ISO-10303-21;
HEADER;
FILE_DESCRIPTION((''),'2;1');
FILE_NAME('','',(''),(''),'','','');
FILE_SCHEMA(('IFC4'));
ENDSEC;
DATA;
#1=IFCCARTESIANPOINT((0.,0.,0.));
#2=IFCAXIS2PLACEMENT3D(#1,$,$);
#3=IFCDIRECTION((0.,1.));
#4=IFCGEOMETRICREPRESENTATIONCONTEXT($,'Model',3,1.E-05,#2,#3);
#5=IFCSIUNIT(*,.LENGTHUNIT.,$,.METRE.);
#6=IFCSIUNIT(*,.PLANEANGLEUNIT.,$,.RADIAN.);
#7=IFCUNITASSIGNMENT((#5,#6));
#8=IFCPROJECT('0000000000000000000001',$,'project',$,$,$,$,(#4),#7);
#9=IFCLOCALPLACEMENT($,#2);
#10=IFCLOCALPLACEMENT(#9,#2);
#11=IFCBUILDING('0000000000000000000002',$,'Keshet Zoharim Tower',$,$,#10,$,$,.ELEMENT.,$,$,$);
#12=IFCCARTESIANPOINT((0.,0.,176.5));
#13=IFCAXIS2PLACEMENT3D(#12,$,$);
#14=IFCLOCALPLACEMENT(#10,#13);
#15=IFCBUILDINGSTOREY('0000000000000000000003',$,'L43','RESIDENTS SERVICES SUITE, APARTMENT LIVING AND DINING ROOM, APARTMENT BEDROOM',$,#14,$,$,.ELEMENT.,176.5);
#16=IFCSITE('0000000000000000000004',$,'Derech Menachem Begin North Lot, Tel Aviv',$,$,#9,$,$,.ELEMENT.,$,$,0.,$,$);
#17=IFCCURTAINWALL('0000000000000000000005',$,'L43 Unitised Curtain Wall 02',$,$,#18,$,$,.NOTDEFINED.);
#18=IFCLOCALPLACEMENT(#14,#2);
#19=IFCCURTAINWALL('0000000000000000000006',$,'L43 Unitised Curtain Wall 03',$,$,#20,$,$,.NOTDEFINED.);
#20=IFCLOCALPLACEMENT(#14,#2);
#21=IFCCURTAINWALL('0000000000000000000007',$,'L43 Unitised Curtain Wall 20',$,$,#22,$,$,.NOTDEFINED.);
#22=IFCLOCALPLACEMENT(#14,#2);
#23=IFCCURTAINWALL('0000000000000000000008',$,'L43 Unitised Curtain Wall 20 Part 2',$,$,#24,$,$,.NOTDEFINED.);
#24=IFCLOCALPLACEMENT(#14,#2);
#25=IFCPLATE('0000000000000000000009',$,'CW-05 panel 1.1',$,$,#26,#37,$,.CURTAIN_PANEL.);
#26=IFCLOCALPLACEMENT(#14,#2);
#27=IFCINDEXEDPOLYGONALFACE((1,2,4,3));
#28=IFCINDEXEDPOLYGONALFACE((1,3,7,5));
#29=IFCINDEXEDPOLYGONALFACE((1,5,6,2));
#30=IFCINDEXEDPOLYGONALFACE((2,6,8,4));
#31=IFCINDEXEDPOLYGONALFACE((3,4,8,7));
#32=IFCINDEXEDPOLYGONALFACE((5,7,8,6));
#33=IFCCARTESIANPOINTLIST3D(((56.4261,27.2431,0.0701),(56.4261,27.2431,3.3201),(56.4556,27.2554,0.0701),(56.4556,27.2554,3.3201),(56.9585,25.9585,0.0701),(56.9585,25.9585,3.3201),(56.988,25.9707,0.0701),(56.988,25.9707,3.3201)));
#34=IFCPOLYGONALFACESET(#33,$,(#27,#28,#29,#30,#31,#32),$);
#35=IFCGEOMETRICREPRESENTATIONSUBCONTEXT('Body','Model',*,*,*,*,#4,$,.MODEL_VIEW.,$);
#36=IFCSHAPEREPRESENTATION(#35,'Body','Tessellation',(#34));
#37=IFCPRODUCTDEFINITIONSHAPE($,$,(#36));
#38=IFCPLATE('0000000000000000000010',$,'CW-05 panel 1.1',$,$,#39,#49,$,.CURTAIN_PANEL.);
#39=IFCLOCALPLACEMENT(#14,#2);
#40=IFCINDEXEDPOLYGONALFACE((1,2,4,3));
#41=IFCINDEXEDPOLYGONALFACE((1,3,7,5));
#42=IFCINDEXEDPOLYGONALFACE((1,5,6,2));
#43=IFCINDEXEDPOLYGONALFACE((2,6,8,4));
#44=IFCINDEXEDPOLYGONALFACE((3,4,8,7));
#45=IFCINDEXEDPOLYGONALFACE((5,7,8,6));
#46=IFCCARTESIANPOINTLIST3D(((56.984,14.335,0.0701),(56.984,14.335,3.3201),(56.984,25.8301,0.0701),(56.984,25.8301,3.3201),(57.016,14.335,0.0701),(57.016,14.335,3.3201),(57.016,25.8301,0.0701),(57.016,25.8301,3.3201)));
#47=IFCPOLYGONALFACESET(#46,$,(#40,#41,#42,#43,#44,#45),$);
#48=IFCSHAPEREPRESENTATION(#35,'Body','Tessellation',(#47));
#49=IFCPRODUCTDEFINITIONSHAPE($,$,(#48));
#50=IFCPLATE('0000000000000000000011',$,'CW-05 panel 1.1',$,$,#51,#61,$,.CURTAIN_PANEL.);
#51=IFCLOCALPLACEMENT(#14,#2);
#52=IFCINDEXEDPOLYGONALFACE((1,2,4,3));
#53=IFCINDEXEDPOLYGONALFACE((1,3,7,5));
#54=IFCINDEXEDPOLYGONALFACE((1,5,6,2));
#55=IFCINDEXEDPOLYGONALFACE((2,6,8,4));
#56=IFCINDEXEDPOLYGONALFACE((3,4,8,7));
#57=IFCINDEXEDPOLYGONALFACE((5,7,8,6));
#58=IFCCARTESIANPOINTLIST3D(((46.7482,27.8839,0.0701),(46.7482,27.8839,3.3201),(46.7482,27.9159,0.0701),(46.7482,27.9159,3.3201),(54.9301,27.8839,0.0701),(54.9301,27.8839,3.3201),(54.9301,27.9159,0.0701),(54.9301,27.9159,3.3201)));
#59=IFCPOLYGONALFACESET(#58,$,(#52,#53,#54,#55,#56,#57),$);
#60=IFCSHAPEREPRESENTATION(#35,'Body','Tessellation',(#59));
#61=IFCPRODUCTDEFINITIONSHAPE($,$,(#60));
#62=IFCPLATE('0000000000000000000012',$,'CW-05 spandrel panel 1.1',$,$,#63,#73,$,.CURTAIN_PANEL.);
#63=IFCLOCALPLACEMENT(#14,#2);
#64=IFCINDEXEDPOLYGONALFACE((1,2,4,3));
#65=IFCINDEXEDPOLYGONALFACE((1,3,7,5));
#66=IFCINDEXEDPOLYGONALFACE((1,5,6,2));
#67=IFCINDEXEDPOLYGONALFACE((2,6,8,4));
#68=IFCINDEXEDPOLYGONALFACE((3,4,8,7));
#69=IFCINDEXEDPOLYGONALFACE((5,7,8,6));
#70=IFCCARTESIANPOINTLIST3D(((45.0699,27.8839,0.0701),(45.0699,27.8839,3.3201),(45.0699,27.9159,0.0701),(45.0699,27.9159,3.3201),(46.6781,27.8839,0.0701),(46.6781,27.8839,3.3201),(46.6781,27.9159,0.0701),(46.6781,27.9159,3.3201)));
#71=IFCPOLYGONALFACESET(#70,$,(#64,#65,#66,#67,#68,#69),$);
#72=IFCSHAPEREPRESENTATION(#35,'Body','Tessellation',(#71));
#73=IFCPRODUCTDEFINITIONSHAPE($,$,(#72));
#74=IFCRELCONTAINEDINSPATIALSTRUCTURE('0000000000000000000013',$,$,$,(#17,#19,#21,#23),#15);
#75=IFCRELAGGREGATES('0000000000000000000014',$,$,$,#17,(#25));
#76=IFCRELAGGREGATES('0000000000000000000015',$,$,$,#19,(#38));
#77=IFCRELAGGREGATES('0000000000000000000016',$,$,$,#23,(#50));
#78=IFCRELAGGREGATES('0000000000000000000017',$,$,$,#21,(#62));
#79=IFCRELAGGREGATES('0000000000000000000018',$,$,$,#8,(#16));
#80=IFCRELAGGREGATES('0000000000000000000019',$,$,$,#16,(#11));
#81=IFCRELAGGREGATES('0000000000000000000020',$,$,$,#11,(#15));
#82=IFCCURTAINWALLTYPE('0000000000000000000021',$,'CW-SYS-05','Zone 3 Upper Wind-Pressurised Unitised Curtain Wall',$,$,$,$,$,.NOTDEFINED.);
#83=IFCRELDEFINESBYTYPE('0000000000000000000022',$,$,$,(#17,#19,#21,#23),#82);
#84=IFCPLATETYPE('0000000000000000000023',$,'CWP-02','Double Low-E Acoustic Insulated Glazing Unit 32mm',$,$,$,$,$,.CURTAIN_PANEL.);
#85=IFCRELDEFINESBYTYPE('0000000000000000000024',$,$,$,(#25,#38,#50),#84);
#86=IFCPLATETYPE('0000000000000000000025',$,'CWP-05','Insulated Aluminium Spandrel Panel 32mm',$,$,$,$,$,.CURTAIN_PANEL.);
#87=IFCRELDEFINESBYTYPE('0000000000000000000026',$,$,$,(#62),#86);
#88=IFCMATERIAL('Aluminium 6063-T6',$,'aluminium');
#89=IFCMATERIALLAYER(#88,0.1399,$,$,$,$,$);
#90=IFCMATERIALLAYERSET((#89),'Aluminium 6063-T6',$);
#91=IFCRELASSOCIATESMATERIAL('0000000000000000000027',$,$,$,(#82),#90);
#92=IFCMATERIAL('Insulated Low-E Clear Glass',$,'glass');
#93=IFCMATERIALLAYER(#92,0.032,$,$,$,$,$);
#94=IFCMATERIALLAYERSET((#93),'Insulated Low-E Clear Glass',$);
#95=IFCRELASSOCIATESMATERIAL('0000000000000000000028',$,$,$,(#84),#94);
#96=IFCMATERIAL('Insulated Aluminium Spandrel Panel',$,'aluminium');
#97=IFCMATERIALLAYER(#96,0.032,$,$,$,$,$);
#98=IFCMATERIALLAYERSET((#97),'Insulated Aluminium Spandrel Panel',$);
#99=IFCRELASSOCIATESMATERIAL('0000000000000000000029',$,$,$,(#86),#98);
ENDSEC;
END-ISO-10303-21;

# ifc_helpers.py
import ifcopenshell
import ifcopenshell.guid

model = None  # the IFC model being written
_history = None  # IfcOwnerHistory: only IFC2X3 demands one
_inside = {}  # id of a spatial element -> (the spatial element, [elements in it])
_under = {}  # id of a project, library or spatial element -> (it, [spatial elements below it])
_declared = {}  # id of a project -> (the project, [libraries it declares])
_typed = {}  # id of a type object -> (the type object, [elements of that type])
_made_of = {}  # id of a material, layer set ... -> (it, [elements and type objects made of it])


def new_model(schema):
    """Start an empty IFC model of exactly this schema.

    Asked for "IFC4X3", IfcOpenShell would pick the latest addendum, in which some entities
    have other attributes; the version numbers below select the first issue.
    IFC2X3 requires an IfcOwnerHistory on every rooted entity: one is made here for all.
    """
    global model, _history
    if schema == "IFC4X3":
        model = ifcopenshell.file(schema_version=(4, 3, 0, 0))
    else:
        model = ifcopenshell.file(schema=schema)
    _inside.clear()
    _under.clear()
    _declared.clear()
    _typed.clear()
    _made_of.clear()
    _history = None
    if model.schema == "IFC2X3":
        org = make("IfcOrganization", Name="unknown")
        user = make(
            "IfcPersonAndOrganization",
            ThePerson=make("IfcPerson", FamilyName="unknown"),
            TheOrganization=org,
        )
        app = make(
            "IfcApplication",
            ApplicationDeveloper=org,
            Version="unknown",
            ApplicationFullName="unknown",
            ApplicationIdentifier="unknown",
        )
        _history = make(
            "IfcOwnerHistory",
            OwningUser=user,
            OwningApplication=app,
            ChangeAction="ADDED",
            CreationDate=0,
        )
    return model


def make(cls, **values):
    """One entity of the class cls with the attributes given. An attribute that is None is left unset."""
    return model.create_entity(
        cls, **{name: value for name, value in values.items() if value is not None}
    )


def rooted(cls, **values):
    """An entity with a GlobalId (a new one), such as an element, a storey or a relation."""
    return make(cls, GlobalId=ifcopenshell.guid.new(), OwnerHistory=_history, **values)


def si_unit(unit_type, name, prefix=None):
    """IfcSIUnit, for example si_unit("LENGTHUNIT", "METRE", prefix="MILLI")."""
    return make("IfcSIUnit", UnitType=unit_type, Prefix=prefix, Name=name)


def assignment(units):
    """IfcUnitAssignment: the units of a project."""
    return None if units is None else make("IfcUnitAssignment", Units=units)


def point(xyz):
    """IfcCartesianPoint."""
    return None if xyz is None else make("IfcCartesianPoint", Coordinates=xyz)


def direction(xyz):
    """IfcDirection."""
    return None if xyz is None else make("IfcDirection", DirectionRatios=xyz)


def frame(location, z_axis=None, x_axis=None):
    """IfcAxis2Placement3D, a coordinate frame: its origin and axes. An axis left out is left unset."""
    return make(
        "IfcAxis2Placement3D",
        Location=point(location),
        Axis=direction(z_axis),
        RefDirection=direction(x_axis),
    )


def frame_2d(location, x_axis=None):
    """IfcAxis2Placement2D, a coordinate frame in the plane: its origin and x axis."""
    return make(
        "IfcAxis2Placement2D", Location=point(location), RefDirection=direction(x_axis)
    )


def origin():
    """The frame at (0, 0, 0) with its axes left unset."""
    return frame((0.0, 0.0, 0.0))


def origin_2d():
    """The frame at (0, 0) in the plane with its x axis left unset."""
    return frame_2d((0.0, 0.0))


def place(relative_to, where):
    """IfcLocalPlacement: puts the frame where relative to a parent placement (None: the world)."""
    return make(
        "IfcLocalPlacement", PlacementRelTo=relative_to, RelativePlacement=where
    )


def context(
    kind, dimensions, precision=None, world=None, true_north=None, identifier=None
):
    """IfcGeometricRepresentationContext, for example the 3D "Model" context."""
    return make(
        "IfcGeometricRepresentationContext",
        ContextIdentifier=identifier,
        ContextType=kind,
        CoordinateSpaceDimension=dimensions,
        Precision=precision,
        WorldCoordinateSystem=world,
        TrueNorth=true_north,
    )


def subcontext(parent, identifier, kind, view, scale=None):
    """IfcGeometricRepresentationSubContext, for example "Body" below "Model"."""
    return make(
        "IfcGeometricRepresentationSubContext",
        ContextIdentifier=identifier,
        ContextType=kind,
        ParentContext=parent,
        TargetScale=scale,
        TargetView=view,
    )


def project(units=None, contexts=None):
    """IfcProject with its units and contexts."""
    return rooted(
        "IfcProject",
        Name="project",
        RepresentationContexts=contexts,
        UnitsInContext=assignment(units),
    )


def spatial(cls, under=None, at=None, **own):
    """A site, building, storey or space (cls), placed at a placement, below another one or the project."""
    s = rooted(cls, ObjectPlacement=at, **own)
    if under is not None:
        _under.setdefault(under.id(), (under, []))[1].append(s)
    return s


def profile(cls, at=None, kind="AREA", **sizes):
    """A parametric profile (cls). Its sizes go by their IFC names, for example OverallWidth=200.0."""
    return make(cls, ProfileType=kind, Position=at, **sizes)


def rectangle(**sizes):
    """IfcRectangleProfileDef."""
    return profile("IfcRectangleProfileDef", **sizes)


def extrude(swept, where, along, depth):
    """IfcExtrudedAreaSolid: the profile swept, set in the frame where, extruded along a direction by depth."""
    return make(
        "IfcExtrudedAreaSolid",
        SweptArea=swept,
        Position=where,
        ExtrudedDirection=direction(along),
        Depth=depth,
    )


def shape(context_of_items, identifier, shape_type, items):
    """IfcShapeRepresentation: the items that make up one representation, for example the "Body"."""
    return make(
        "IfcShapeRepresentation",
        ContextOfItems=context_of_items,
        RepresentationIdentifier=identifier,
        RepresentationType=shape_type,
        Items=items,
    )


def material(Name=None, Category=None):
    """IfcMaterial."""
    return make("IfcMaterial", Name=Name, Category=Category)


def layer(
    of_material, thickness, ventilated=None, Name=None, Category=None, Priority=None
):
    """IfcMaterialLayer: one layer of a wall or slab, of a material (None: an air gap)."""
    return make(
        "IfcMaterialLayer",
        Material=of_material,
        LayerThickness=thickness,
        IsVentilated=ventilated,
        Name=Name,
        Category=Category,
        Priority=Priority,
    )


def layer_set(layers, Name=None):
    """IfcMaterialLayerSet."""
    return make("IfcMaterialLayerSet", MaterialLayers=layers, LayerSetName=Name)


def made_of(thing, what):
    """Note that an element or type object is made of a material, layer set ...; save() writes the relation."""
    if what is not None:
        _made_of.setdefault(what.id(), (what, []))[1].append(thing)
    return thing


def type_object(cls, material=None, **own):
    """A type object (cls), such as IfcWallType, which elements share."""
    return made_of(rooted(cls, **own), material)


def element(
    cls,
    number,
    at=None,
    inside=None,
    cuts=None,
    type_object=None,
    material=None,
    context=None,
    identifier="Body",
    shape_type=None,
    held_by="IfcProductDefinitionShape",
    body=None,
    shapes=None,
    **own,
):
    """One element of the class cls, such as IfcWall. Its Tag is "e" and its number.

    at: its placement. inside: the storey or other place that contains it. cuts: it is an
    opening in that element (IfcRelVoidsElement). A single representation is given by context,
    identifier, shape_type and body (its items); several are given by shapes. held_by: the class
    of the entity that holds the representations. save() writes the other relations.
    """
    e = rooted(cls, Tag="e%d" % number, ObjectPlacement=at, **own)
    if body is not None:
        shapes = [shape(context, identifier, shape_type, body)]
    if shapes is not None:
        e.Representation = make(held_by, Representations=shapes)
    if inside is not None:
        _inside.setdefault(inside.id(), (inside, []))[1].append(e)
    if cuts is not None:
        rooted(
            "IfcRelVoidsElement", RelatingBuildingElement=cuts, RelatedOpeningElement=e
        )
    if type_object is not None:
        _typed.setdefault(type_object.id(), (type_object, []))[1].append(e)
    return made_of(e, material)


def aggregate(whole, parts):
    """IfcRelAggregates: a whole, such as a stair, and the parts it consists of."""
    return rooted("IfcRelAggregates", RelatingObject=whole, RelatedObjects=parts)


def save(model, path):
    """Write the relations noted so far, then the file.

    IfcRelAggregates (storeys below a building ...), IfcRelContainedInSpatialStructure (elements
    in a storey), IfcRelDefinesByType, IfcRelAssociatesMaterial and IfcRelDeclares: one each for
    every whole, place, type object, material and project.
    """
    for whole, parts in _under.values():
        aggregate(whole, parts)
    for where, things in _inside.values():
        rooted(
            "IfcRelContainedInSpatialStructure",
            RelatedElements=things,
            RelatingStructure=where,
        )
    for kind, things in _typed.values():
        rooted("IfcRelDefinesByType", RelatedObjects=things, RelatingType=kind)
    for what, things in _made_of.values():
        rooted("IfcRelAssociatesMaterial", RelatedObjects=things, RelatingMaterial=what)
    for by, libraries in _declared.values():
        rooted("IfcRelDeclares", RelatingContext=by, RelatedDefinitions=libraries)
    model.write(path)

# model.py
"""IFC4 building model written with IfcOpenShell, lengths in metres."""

from ifc_helpers import new_model, si_unit, direction, frame, origin, origin_2d, place, context, subcontext, project, spatial, rectangle, extrude, material, layer, layer_set, type_object, element, aggregate, save


model = new_model("IFC4")

# Units and contexts
model_context = context("Model", 3, precision=1e-05, world=origin(), true_north=direction((0.0, 1.0)))
body_context = subcontext(model_context, "Body", "Model", "MODEL_VIEW")
ifc_project = project(units=[si_unit("LENGTHUNIT", "METRE"), si_unit("PLANEANGLEUNIT", "RADIAN")], contexts=[model_context])

# Site, building, storey
site_placement = place(None, origin())
site = spatial("IfcSite", under=ifc_project, at=site_placement, Name="Derech Menachem Begin North Lot, Tel Aviv", CompositionType="ELEMENT", RefElevation=0.0)
building_placement = place(site_placement, origin())
building = spatial("IfcBuilding", under=site, at=building_placement, Name="Keshet Zoharim Tower", CompositionType="ELEMENT")
storey_placement = place(building_placement, frame((0.0, 0.0, 176.5)))
storey = spatial("IfcBuildingStorey", under=building, at=storey_placement, Name="L43", Description="RESIDENTS SERVICES SUITE, APARTMENT LIVING AND DINING ROOM, APARTMENT BEDROOM", CompositionType="ELEMENT", Elevation=176.5)

# Curtain wall
ifc_material_1 = material(Name="Aluminium 6063-T6", Category="aluminium")
ifc_layer_1 = layer(ifc_material_1, 0.1399)
ifc_layer_set_1 = layer_set([ifc_layer_1], Name="Aluminium 6063-T6")
curtain_wall_type = type_object("IfcCurtainWallType", Name="CW-SYS-05", Description="Zone 3 Upper Wind-Pressurised Unitised Curtain Wall", PredefinedType="NOTDEFINED", material=ifc_layer_set_1)
curtain_wall_1_placement = place(storey_placement, origin())
curtain_wall_1 = element("IfcCurtainWall", 1, at=curtain_wall_1_placement, inside=storey, type_object=curtain_wall_type, Name="L43 Unitised Curtain Wall 02", PredefinedType="NOTDEFINED")

# Curtain wall
curtain_wall_2_placement = place(storey_placement, origin())
curtain_wall_2 = element("IfcCurtainWall", 2, at=curtain_wall_2_placement, inside=storey, type_object=curtain_wall_type, Name="L43 Unitised Curtain Wall 03", PredefinedType="NOTDEFINED")

# Curtain wall
curtain_wall_3_placement = place(storey_placement, origin())
curtain_wall_3 = element("IfcCurtainWall", 3, at=curtain_wall_3_placement, inside=storey, type_object=curtain_wall_type, Name="L43 Unitised Curtain Wall 20", PredefinedType="NOTDEFINED")

# Curtain wall
curtain_wall_4_placement = place(storey_placement, origin())
curtain_wall_4 = element("IfcCurtainWall", 4, at=curtain_wall_4_placement, inside=storey, type_object=curtain_wall_type, Name="L43 Unitised Curtain Wall 20 Part 2", PredefinedType="NOTDEFINED")

# Plates
ifc_material_2 = material(Name="Insulated Low-E Clear Glass", Category="glass")
ifc_layer_2 = layer(ifc_material_2, 0.032)
ifc_layer_set_2 = layer_set([ifc_layer_2], Name="Insulated Low-E Clear Glass")
plate_type_1 = type_object("IfcPlateType", Name="CWP-02", Description="Double Low-E Acoustic Insulated Glazing Unit 32mm", PredefinedType="CURTAIN_PANEL", material=ifc_layer_set_2)
plate_1_placement = place(storey_placement, frame((56.707, 26.6069, 0.0701), z_axis=(0.0, 0.0, 1.0), x_axis=(0.382852, -0.92381, 0.0)))
plate_1 = element("IfcPlate", 5, at=plate_1_placement, type_object=plate_type_1, Name="CW-05 panel 1.1", PredefinedType="CURTAIN_PANEL", context=body_context, shape_type="SweptSolid", body=[
    extrude(rectangle(XDim=1.3906, YDim=0.032, at=origin_2d()), origin(), (0.0, 0.0, 1.0), 3.25),
])
aggregate(curtain_wall_1, [plate_1])
plate_2_placement = place(storey_placement, frame((57.0, 20.0825, 0.0701), z_axis=(0.0, 0.0, 1.0), x_axis=(0.0, -1.0, 0.0)))
plate_2 = element("IfcPlate", 6, at=plate_2_placement, type_object=plate_type_1, Name="CW-05 panel 1.1", PredefinedType="CURTAIN_PANEL", context=body_context, shape_type="SweptSolid", body=[
    extrude(rectangle(XDim=11.4951, YDim=0.032, at=origin_2d()), origin(), (0.0, 0.0, 1.0), 3.25),
])
aggregate(curtain_wall_2, [plate_2])
plate_3_placement = place(storey_placement, frame((50.8391, 27.8999, 0.0701), z_axis=(0.0, 0.0, 1.0), x_axis=(1.0, 0.0, 0.0)))
plate_3 = element("IfcPlate", 7, at=plate_3_placement, type_object=plate_type_1, Name="CW-05 panel 1.1", PredefinedType="CURTAIN_PANEL", context=body_context, shape_type="SweptSolid", body=[
    extrude(rectangle(XDim=8.1819, YDim=0.032, at=origin_2d()), origin(), (0.0, 0.0, 1.0), 3.25),
])
aggregate(curtain_wall_4, [plate_3])
ifc_material_3 = material(Name="Insulated Aluminium Spandrel Panel", Category="aluminium")
ifc_layer_3 = layer(ifc_material_3, 0.032)
ifc_layer_set_3 = layer_set([ifc_layer_3], Name="Insulated Aluminium Spandrel Panel")
plate_type_2 = type_object("IfcPlateType", Name="CWP-05", Description="Insulated Aluminium Spandrel Panel 32mm", PredefinedType="CURTAIN_PANEL", material=ifc_layer_set_3)
plate_4_placement = place(storey_placement, frame((45.874, 27.8999, 0.0701), z_axis=(0.0, 0.0, 1.0), x_axis=(1.0, 0.0, 0.0)))
plate_4 = element("IfcPlate", 8, at=plate_4_placement, type_object=plate_type_2, Name="CW-05 spandrel panel 1.1", PredefinedType="CURTAIN_PANEL", context=body_context, shape_type="SweptSolid", body=[
    extrude(rectangle(XDim=1.6082, YDim=0.032, at=origin_2d()), origin(), (0.0, 0.0, 1.0), 3.25),
])
aggregate(curtain_wall_3, [plate_4])

save(model, "model.ifc")
